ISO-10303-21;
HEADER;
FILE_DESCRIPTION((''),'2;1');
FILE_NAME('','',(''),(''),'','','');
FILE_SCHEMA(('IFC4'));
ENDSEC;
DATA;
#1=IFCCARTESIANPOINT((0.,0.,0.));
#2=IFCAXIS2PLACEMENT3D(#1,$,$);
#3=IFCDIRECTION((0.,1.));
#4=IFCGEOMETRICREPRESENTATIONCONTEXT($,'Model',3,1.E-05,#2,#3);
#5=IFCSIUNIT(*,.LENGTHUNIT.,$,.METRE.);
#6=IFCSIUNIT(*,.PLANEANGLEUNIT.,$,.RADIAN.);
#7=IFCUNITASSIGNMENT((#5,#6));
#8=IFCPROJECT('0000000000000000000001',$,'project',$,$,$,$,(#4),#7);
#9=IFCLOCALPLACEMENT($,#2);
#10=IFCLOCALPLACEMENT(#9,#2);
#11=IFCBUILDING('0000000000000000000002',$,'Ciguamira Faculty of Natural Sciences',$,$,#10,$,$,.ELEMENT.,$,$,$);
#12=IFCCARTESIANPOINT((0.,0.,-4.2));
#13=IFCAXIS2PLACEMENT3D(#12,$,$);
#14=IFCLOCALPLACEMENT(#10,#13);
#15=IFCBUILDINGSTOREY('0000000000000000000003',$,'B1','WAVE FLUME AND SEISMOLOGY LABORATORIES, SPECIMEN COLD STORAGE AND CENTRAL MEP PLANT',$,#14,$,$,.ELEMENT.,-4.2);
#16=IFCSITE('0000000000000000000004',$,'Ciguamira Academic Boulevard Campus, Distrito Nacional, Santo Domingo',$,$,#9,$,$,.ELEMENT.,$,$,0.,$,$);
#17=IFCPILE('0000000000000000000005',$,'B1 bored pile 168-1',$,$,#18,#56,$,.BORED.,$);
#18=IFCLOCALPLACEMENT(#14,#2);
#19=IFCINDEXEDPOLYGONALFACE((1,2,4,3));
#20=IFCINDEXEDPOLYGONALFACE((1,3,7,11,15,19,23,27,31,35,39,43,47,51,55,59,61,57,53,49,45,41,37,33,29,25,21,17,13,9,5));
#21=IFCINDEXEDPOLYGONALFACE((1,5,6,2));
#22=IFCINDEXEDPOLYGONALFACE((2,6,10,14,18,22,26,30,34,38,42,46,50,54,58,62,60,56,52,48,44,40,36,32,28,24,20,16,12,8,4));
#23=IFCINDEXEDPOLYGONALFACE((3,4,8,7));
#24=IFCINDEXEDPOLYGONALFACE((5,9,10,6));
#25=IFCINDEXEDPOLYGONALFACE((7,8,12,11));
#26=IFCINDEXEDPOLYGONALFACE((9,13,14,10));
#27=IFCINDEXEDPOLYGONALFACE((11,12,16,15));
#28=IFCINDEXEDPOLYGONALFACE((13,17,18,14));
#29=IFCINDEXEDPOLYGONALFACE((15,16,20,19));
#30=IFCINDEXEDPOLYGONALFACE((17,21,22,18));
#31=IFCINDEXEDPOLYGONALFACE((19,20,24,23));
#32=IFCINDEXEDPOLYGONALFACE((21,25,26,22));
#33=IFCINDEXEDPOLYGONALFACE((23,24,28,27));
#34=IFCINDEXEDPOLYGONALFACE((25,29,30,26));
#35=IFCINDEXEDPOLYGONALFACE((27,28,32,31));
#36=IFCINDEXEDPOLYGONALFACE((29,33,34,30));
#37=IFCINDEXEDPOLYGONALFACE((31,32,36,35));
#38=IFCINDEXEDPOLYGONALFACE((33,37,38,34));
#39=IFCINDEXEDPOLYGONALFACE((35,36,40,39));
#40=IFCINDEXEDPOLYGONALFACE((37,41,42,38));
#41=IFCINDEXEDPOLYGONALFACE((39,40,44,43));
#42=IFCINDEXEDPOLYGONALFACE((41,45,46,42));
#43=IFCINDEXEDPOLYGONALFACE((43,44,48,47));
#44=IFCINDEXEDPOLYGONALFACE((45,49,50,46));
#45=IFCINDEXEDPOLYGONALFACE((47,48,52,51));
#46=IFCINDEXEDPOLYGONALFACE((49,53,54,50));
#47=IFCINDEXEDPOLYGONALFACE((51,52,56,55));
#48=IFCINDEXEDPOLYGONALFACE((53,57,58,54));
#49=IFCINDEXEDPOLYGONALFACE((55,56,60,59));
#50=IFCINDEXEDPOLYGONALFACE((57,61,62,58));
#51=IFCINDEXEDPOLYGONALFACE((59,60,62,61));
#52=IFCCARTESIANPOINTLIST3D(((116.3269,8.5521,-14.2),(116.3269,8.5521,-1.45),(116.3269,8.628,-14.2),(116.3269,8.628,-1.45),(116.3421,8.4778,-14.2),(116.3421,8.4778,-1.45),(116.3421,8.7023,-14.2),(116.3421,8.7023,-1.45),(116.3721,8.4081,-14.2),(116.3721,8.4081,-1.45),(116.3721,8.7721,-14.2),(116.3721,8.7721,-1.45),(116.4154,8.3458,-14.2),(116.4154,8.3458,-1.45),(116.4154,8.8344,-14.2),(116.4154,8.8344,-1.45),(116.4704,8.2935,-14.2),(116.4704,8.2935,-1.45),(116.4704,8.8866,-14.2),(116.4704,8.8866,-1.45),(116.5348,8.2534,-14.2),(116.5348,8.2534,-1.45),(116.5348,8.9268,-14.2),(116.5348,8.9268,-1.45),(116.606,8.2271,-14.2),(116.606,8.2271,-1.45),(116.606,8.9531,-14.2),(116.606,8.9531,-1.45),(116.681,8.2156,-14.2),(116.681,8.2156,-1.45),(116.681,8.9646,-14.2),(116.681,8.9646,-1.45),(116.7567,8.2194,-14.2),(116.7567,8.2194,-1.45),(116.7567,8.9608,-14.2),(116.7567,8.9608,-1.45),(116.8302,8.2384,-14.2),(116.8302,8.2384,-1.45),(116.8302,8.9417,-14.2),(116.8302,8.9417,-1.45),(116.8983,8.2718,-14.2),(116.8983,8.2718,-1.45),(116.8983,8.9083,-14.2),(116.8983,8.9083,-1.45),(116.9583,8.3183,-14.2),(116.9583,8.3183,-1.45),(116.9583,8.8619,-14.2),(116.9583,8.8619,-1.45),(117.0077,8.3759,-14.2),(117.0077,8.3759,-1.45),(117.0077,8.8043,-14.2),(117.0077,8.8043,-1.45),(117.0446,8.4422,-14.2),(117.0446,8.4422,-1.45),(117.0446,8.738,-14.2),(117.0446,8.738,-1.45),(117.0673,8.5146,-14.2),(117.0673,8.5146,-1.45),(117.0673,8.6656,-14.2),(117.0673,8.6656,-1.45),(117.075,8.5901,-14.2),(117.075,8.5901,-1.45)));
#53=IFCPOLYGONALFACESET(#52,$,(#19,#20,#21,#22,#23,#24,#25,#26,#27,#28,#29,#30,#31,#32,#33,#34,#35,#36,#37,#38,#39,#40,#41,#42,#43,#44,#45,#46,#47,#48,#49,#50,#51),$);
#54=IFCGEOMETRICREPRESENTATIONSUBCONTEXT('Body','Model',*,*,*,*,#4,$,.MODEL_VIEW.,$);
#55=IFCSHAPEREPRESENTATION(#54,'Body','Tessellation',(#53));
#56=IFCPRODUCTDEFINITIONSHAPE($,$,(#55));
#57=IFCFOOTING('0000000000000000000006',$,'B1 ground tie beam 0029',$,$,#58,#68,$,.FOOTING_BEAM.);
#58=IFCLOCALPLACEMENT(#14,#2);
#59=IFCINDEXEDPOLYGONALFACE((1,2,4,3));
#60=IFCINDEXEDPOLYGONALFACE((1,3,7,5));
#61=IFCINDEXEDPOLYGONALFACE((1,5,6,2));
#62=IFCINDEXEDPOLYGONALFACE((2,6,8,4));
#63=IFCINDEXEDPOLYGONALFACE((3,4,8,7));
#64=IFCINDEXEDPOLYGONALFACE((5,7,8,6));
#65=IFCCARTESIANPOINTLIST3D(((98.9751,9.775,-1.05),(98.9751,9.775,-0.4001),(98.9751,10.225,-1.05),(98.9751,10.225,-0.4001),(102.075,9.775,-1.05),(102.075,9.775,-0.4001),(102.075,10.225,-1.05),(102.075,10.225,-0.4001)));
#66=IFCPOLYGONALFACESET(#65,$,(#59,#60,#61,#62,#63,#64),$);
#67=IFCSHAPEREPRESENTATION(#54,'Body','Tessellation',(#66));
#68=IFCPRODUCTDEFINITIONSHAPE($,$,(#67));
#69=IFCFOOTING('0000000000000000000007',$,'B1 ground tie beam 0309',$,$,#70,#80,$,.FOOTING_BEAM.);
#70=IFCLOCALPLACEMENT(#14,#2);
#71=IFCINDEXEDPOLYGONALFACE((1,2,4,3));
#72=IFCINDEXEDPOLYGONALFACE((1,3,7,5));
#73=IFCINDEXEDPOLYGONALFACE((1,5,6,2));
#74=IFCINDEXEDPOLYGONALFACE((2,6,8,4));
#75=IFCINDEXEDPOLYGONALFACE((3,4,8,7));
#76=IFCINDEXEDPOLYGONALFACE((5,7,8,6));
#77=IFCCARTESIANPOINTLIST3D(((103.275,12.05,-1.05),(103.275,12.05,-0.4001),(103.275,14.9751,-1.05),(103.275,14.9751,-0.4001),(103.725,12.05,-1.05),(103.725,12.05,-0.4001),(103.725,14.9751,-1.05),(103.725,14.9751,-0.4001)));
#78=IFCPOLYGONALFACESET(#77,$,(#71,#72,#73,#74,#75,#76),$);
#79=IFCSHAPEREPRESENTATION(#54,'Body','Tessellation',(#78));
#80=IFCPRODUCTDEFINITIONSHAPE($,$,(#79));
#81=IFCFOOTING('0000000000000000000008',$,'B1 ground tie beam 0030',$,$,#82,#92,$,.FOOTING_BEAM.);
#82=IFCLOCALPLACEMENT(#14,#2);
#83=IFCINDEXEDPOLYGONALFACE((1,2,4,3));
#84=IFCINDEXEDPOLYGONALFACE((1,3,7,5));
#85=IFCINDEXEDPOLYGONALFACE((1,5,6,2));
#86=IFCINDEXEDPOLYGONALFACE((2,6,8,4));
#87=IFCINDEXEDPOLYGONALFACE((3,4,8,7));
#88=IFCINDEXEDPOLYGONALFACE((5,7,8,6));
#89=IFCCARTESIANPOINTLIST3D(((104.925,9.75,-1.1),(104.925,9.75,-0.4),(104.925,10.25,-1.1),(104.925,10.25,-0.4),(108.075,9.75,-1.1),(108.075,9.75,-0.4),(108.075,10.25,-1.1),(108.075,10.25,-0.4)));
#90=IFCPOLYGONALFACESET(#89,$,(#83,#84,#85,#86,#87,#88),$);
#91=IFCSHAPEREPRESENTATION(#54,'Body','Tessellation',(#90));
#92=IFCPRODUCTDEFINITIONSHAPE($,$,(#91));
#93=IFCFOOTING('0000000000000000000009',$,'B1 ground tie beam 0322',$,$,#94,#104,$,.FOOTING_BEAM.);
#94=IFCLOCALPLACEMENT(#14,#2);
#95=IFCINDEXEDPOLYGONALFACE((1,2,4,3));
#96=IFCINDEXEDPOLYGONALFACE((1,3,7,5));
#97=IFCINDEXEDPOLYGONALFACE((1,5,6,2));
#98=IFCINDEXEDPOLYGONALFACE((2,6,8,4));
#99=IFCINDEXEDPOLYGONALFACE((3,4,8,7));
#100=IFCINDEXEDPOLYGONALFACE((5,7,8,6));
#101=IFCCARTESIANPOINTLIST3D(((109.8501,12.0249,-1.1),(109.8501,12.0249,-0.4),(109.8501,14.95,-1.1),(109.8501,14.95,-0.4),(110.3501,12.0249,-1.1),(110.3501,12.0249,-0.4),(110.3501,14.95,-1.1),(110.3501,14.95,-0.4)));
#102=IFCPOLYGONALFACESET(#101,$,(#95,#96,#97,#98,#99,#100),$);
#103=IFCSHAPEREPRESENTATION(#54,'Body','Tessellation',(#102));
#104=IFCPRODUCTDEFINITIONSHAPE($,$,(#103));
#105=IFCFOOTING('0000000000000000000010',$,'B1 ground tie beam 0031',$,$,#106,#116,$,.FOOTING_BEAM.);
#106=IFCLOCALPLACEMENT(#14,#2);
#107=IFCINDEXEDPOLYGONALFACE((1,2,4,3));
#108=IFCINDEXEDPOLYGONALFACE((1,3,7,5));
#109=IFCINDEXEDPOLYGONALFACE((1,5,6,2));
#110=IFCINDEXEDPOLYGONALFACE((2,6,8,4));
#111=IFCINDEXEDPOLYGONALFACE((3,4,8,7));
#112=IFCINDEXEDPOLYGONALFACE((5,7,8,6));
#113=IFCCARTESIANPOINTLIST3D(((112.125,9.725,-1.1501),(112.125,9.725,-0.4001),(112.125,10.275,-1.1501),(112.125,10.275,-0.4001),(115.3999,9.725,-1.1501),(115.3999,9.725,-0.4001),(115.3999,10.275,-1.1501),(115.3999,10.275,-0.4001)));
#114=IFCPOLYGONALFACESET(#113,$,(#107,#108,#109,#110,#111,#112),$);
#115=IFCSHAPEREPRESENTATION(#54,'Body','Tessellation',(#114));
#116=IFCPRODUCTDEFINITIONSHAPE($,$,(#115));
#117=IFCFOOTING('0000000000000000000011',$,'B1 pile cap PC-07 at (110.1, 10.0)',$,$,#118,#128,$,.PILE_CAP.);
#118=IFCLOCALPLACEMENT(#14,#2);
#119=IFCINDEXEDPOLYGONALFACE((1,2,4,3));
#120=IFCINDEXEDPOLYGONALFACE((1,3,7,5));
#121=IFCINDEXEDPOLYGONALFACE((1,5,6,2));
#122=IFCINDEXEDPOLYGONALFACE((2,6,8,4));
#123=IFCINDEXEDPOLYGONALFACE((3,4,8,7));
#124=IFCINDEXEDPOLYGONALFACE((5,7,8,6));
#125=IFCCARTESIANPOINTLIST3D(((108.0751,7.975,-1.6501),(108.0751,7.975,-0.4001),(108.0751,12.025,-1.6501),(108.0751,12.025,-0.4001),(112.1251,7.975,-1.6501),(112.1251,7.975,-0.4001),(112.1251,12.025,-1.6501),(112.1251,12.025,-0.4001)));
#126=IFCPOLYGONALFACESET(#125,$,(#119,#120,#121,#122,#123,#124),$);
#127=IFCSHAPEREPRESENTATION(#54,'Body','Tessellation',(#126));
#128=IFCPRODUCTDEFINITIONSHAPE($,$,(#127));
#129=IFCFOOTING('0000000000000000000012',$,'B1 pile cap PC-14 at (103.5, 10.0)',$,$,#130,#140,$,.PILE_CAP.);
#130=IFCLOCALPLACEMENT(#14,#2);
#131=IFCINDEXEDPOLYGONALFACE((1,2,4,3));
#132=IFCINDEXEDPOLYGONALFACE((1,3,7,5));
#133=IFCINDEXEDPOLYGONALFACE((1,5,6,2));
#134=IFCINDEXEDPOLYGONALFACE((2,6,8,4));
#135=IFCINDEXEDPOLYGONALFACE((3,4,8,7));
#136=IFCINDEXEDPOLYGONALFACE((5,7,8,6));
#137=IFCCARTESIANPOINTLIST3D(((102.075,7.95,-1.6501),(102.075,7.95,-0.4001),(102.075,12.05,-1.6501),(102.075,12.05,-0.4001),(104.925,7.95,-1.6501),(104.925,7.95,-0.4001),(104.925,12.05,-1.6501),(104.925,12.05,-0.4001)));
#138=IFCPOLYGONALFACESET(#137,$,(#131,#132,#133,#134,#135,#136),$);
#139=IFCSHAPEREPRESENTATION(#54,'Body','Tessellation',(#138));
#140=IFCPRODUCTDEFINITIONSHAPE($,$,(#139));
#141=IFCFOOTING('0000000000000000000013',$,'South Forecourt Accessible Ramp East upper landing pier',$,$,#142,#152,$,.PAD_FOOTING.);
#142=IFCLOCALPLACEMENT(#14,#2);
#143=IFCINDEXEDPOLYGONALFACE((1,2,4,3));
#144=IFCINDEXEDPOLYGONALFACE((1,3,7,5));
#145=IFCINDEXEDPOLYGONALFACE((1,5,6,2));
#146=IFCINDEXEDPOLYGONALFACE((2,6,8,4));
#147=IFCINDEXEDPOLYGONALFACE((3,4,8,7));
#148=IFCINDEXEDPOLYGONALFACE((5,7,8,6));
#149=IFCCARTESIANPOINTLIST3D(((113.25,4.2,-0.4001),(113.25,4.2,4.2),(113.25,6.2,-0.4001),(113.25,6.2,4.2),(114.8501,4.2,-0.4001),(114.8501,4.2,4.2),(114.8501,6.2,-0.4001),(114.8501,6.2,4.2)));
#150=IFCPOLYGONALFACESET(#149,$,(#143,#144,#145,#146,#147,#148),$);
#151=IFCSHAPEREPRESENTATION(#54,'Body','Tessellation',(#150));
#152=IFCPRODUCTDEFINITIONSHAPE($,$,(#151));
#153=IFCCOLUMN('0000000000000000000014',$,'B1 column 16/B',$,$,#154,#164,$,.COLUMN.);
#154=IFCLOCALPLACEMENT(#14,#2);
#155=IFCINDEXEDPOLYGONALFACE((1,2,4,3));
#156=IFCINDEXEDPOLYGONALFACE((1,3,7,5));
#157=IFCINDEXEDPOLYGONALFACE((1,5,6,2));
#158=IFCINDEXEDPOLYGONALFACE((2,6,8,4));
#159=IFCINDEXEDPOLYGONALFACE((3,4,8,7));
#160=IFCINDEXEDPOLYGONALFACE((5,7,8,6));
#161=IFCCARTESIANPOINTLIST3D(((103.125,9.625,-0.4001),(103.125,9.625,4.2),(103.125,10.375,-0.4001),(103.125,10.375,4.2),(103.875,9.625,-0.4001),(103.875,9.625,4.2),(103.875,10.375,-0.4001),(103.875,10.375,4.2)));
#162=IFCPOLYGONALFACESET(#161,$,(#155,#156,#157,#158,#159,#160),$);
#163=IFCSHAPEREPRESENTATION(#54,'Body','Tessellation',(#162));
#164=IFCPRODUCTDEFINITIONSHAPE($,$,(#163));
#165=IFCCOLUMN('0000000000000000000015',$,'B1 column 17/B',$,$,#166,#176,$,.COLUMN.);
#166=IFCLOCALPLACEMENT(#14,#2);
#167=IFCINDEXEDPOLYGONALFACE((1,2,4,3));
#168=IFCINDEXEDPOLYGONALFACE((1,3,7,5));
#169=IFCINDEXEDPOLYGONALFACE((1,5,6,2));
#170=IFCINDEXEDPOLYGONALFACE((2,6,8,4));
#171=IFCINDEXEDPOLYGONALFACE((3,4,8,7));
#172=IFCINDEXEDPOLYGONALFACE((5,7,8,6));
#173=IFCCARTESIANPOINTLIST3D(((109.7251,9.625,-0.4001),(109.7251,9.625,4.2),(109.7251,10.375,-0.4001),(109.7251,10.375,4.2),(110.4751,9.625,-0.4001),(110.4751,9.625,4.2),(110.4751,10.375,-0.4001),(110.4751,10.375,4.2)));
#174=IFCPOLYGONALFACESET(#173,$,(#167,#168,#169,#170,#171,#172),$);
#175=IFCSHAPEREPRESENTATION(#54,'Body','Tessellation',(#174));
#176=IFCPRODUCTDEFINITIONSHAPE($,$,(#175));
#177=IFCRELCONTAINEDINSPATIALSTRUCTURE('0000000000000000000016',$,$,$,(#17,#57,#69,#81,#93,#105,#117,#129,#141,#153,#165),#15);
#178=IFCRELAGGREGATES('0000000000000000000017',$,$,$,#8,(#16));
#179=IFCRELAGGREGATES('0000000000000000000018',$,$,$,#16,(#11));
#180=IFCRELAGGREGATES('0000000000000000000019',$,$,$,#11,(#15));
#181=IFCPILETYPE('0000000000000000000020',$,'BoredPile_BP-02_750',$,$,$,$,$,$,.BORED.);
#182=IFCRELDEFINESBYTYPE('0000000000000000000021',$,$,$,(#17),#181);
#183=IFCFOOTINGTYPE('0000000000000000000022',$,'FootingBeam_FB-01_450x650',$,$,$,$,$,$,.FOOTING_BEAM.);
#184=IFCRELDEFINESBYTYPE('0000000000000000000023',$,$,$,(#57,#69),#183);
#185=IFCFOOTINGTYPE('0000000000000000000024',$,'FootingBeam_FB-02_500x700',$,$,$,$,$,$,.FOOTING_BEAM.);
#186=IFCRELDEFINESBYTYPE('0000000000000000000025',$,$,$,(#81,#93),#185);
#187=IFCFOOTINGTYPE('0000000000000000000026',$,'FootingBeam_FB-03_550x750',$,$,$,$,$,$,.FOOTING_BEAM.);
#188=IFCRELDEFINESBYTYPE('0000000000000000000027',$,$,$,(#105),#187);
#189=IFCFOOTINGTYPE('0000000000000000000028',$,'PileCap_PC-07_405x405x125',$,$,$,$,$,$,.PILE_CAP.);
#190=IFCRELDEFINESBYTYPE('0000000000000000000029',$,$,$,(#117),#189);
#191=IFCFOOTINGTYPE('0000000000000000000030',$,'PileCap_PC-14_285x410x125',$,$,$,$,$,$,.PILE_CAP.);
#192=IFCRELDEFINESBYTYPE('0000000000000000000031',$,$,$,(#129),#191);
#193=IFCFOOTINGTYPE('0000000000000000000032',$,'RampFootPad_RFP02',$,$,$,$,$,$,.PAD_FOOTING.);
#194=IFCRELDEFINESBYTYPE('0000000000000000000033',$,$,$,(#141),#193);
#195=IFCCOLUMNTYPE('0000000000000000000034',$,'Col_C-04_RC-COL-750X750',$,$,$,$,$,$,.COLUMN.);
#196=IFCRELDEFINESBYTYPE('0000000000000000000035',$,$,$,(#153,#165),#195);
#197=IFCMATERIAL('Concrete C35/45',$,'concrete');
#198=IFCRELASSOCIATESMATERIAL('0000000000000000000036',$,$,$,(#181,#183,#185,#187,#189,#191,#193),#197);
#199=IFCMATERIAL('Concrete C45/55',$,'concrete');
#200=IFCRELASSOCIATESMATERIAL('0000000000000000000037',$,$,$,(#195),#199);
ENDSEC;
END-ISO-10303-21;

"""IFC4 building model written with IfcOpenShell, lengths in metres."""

from ifc_helpers import new_model, si_unit, direction, frame, origin, origin_2d, place, context, subcontext, project, spatial, rectangle, circle, extrude, material, material_profile, profile_set, type_object, element, save


model = new_model("IFC4")

# Units and contexts
model_context = context("Model", 3, precision=1e-05, world=origin(), true_north=direction((0.0, 1.0)))
body_context = subcontext(model_context, "Body", "Model", "MODEL_VIEW")
ifc_project = project(units=[si_unit("LENGTHUNIT", "METRE"), si_unit("PLANEANGLEUNIT", "RADIAN")], contexts=[model_context])

# Site, building, storey
site_placement = place(None, origin())
site = spatial("IfcSite", under=ifc_project, at=site_placement, Name="Ciguamira Academic Boulevard Campus, Distrito Nacional, Santo Domingo", CompositionType="ELEMENT", RefElevation=0.0)
building_placement = place(site_placement, origin())
building = spatial("IfcBuilding", under=site, at=building_placement, Name="Ciguamira Faculty of Natural Sciences", CompositionType="ELEMENT")
storey_placement = place(building_placement, frame((0.0, 0.0, -4.2)))
storey = spatial("IfcBuildingStorey", under=building, at=storey_placement, Name="B1", Description="WAVE FLUME AND SEISMOLOGY LABORATORIES, SPECIMEN COLD STORAGE AND CENTRAL MEP PLANT", CompositionType="ELEMENT", Elevation=-4.2)

# Pile
ifc_material_1 = material(Name="Concrete C35/45", Category="concrete")
ifc_material_profile_1 = material_profile(ifc_material_1, circle(Radius=0.375, at=origin_2d()), Name="PILE-BORED-750")
ifc_profile_set_1 = profile_set([ifc_material_profile_1], Name="Concrete C35/45")
pile_type_1 = type_object("IfcPileType", Name="BoredPile_BP-02_750", PredefinedType="BORED", material=ifc_profile_set_1)
pile_1_placement = place(storey_placement, frame((116.7, 8.5901, -1.45), z_axis=(0.0, 0.0, -1.0), x_axis=(1.0, 0.0, 0.0)))
element("IfcPile", 1, at=pile_1_placement, inside=storey, type_object=pile_type_1, Name="B1 bored pile 168-1", PredefinedType="BORED", context=body_context, shape_type="SweptSolid", body=[
    extrude(circle(Radius=0.375, at=origin_2d()), origin(), (0.0, 0.0, 1.0), 12.75),
])

# Footings
ifc_material_profile_2 = material_profile(ifc_material_1, rectangle(XDim=0.45, YDim=0.6499, at=origin_2d()), Name="RC-FB-450X650")
ifc_profile_set_2 = profile_set([ifc_material_profile_2], Name="Concrete C35/45")
footing_type_1 = type_object("IfcFootingType", Name="FootingBeam_FB-01_450x650", PredefinedType="FOOTING_BEAM", material=ifc_profile_set_2)
footing_1_placement = place(storey_placement, frame((98.9751, 10.0, -0.7251), z_axis=(1.0, 0.0, 0.0), x_axis=(0.0, 1.0, 0.0)))
element("IfcFooting", 2, at=footing_1_placement, inside=storey, type_object=footing_type_1, Name="B1 ground tie beam 0029", PredefinedType="FOOTING_BEAM", context=body_context, shape_type="SweptSolid", body=[
    extrude(rectangle(XDim=0.45, YDim=0.6499, at=origin_2d()), origin(), (0.0, 0.0, 1.0), 3.0999),
])
footing_2_placement = place(storey_placement, frame((103.5, 12.05, -0.7251), z_axis=(0.0, 1.0, 0.0), x_axis=(-1.0, 0.0, 0.0)))
element("IfcFooting", 3, at=footing_2_placement, inside=storey, type_object=footing_type_1, Name="B1 ground tie beam 0309", PredefinedType="FOOTING_BEAM", context=body_context, shape_type="SweptSolid", body=[
    extrude(rectangle(XDim=0.45, YDim=0.6499, at=origin_2d()), origin(), (0.0, 0.0, 1.0), 2.925),
])
ifc_material_profile_3 = material_profile(ifc_material_1, rectangle(XDim=0.5, YDim=0.7, at=origin_2d()), Name="RC-FB-500X700")
ifc_profile_set_3 = profile_set([ifc_material_profile_3], Name="Concrete C35/45")
footing_type_2 = type_object("IfcFootingType", Name="FootingBeam_FB-02_500x700", PredefinedType="FOOTING_BEAM", material=ifc_profile_set_3)
footing_3_placement = place(storey_placement, frame((104.925, 10.0, -0.75), z_axis=(1.0, 0.0, 0.0), x_axis=(0.0, 1.0, 0.0)))
element("IfcFooting", 4, at=footing_3_placement, inside=storey, type_object=footing_type_2, Name="B1 ground tie beam 0030", PredefinedType="FOOTING_BEAM", context=body_context, shape_type="SweptSolid", body=[
    extrude(rectangle(XDim=0.5, YDim=0.7, at=origin_2d()), origin(), (0.0, 0.0, 1.0), 3.1499),
])
footing_4_placement = place(storey_placement, frame((110.1001, 12.0249, -0.75), z_axis=(0.0, 1.0, 0.0), x_axis=(-1.0, 0.0, 0.0)))
element("IfcFooting", 5, at=footing_4_placement, inside=storey, type_object=footing_type_2, Name="B1 ground tie beam 0322", PredefinedType="FOOTING_BEAM", context=body_context, shape_type="SweptSolid", body=[
    extrude(rectangle(XDim=0.5, YDim=0.7, at=origin_2d()), origin(), (0.0, 0.0, 1.0), 2.925),
])
ifc_material_profile_4 = material_profile(ifc_material_1, rectangle(XDim=0.55, YDim=0.75, at=origin_2d()), Name="RC-FB-550X750")
ifc_profile_set_4 = profile_set([ifc_material_profile_4], Name="Concrete C35/45")
footing_type_3 = type_object("IfcFootingType", Name="FootingBeam_FB-03_550x750", PredefinedType="FOOTING_BEAM", material=ifc_profile_set_4)
footing_5_placement = place(storey_placement, frame((112.125, 10.0, -0.7751), z_axis=(1.0, 0.0, 0.0), x_axis=(0.0, 1.0, 0.0)))
element("IfcFooting", 6, at=footing_5_placement, inside=storey, type_object=footing_type_3, Name="B1 ground tie beam 0031", PredefinedType="FOOTING_BEAM", context=body_context, shape_type="SweptSolid", body=[
    extrude(rectangle(XDim=0.55, YDim=0.75, at=origin_2d()), origin(), (0.0, 0.0, 1.0), 3.2749),
])
footing_type_4 = type_object("IfcFootingType", Name="PileCap_PC-07_405x405x125", PredefinedType="PILE_CAP", material=ifc_material_1)
footing_6_placement = place(storey_placement, frame((110.1001, 10.0, -1.6501), z_axis=(0.0, 0.0, 1.0), x_axis=(1.0, 0.0, 0.0)))
element("IfcFooting", 7, at=footing_6_placement, inside=storey, type_object=footing_type_4, Name="B1 pile cap PC-07 at (110.1, 10.0)", PredefinedType="PILE_CAP", context=body_context, shape_type="SweptSolid", body=[
    extrude(rectangle(XDim=4.05, YDim=4.05, at=origin_2d()), origin(), (0.0, 0.0, 1.0), 1.25),
])
footing_type_5 = type_object("IfcFootingType", Name="PileCap_PC-14_285x410x125", PredefinedType="PILE_CAP", material=ifc_material_1)
footing_7_placement = place(storey_placement, frame((103.5, 10.0, -1.6501), z_axis=(0.0, 0.0, 1.0), x_axis=(1.0, 0.0, 0.0)))
element("IfcFooting", 8, at=footing_7_placement, inside=storey, type_object=footing_type_5, Name="B1 pile cap PC-14 at (103.5, 10.0)", PredefinedType="PILE_CAP", context=body_context, shape_type="SweptSolid", body=[
    extrude(rectangle(XDim=2.8501, YDim=4.1001, at=origin_2d()), origin(), (0.0, 0.0, 1.0), 1.25),
])
footing_type_6 = type_object("IfcFootingType", Name="RampFootPad_RFP02", PredefinedType="PAD_FOOTING", material=ifc_material_1)
footing_8_placement = place(storey_placement, frame((114.05, 5.2, -0.4001), z_axis=(0.0, 0.0, 1.0), x_axis=(-1.0, 0.0, 0.0)))
element("IfcFooting", 9, at=footing_8_placement, inside=storey, type_object=footing_type_6, Name="South Forecourt Accessible Ramp East upper landing pier", PredefinedType="PAD_FOOTING", context=body_context, shape_type="SweptSolid", body=[
    extrude(rectangle(XDim=1.6001, YDim=2.0, at=origin_2d()), origin(), (0.0, 0.0, 1.0), 4.6001),
])

# Columns
ifc_material_2 = material(Name="Concrete C45/55", Category="concrete")
ifc_material_profile_5 = material_profile(ifc_material_2, rectangle(XDim=0.75, YDim=0.75, at=origin_2d()), Name="RC-COL-750X750")
ifc_profile_set_5 = profile_set([ifc_material_profile_5], Name="Concrete C45/55")
column_type = type_object("IfcColumnType", Name="Col_C-04_RC-COL-750X750", PredefinedType="COLUMN", material=ifc_profile_set_5)
for number, where, z_axis, x_axis, name in (
    (10, (103.5, 10.0, -0.4001), (0.0, 0.0, 1.0), (1.0, 0.0, 0.0), "B1 column 16/B"),
    (11, (110.1001, 10.0, -0.4001), (0.0, 0.0, 1.0), (1.0, 0.0, 0.0), "B1 column 17/B"),
):
    element("IfcColumn", number, at=place(storey_placement, frame(where, z_axis=z_axis, x_axis=x_axis)), inside=storey, type_object=column_type, Name=name, PredefinedType="COLUMN", context=body_context, shape_type="SweptSolid", body=[
        extrude(rectangle(XDim=0.75, YDim=0.75, at=origin_2d()), origin(), (0.0, 0.0, 1.0), 4.6001),
    ])

save(model, "model.ifc")
